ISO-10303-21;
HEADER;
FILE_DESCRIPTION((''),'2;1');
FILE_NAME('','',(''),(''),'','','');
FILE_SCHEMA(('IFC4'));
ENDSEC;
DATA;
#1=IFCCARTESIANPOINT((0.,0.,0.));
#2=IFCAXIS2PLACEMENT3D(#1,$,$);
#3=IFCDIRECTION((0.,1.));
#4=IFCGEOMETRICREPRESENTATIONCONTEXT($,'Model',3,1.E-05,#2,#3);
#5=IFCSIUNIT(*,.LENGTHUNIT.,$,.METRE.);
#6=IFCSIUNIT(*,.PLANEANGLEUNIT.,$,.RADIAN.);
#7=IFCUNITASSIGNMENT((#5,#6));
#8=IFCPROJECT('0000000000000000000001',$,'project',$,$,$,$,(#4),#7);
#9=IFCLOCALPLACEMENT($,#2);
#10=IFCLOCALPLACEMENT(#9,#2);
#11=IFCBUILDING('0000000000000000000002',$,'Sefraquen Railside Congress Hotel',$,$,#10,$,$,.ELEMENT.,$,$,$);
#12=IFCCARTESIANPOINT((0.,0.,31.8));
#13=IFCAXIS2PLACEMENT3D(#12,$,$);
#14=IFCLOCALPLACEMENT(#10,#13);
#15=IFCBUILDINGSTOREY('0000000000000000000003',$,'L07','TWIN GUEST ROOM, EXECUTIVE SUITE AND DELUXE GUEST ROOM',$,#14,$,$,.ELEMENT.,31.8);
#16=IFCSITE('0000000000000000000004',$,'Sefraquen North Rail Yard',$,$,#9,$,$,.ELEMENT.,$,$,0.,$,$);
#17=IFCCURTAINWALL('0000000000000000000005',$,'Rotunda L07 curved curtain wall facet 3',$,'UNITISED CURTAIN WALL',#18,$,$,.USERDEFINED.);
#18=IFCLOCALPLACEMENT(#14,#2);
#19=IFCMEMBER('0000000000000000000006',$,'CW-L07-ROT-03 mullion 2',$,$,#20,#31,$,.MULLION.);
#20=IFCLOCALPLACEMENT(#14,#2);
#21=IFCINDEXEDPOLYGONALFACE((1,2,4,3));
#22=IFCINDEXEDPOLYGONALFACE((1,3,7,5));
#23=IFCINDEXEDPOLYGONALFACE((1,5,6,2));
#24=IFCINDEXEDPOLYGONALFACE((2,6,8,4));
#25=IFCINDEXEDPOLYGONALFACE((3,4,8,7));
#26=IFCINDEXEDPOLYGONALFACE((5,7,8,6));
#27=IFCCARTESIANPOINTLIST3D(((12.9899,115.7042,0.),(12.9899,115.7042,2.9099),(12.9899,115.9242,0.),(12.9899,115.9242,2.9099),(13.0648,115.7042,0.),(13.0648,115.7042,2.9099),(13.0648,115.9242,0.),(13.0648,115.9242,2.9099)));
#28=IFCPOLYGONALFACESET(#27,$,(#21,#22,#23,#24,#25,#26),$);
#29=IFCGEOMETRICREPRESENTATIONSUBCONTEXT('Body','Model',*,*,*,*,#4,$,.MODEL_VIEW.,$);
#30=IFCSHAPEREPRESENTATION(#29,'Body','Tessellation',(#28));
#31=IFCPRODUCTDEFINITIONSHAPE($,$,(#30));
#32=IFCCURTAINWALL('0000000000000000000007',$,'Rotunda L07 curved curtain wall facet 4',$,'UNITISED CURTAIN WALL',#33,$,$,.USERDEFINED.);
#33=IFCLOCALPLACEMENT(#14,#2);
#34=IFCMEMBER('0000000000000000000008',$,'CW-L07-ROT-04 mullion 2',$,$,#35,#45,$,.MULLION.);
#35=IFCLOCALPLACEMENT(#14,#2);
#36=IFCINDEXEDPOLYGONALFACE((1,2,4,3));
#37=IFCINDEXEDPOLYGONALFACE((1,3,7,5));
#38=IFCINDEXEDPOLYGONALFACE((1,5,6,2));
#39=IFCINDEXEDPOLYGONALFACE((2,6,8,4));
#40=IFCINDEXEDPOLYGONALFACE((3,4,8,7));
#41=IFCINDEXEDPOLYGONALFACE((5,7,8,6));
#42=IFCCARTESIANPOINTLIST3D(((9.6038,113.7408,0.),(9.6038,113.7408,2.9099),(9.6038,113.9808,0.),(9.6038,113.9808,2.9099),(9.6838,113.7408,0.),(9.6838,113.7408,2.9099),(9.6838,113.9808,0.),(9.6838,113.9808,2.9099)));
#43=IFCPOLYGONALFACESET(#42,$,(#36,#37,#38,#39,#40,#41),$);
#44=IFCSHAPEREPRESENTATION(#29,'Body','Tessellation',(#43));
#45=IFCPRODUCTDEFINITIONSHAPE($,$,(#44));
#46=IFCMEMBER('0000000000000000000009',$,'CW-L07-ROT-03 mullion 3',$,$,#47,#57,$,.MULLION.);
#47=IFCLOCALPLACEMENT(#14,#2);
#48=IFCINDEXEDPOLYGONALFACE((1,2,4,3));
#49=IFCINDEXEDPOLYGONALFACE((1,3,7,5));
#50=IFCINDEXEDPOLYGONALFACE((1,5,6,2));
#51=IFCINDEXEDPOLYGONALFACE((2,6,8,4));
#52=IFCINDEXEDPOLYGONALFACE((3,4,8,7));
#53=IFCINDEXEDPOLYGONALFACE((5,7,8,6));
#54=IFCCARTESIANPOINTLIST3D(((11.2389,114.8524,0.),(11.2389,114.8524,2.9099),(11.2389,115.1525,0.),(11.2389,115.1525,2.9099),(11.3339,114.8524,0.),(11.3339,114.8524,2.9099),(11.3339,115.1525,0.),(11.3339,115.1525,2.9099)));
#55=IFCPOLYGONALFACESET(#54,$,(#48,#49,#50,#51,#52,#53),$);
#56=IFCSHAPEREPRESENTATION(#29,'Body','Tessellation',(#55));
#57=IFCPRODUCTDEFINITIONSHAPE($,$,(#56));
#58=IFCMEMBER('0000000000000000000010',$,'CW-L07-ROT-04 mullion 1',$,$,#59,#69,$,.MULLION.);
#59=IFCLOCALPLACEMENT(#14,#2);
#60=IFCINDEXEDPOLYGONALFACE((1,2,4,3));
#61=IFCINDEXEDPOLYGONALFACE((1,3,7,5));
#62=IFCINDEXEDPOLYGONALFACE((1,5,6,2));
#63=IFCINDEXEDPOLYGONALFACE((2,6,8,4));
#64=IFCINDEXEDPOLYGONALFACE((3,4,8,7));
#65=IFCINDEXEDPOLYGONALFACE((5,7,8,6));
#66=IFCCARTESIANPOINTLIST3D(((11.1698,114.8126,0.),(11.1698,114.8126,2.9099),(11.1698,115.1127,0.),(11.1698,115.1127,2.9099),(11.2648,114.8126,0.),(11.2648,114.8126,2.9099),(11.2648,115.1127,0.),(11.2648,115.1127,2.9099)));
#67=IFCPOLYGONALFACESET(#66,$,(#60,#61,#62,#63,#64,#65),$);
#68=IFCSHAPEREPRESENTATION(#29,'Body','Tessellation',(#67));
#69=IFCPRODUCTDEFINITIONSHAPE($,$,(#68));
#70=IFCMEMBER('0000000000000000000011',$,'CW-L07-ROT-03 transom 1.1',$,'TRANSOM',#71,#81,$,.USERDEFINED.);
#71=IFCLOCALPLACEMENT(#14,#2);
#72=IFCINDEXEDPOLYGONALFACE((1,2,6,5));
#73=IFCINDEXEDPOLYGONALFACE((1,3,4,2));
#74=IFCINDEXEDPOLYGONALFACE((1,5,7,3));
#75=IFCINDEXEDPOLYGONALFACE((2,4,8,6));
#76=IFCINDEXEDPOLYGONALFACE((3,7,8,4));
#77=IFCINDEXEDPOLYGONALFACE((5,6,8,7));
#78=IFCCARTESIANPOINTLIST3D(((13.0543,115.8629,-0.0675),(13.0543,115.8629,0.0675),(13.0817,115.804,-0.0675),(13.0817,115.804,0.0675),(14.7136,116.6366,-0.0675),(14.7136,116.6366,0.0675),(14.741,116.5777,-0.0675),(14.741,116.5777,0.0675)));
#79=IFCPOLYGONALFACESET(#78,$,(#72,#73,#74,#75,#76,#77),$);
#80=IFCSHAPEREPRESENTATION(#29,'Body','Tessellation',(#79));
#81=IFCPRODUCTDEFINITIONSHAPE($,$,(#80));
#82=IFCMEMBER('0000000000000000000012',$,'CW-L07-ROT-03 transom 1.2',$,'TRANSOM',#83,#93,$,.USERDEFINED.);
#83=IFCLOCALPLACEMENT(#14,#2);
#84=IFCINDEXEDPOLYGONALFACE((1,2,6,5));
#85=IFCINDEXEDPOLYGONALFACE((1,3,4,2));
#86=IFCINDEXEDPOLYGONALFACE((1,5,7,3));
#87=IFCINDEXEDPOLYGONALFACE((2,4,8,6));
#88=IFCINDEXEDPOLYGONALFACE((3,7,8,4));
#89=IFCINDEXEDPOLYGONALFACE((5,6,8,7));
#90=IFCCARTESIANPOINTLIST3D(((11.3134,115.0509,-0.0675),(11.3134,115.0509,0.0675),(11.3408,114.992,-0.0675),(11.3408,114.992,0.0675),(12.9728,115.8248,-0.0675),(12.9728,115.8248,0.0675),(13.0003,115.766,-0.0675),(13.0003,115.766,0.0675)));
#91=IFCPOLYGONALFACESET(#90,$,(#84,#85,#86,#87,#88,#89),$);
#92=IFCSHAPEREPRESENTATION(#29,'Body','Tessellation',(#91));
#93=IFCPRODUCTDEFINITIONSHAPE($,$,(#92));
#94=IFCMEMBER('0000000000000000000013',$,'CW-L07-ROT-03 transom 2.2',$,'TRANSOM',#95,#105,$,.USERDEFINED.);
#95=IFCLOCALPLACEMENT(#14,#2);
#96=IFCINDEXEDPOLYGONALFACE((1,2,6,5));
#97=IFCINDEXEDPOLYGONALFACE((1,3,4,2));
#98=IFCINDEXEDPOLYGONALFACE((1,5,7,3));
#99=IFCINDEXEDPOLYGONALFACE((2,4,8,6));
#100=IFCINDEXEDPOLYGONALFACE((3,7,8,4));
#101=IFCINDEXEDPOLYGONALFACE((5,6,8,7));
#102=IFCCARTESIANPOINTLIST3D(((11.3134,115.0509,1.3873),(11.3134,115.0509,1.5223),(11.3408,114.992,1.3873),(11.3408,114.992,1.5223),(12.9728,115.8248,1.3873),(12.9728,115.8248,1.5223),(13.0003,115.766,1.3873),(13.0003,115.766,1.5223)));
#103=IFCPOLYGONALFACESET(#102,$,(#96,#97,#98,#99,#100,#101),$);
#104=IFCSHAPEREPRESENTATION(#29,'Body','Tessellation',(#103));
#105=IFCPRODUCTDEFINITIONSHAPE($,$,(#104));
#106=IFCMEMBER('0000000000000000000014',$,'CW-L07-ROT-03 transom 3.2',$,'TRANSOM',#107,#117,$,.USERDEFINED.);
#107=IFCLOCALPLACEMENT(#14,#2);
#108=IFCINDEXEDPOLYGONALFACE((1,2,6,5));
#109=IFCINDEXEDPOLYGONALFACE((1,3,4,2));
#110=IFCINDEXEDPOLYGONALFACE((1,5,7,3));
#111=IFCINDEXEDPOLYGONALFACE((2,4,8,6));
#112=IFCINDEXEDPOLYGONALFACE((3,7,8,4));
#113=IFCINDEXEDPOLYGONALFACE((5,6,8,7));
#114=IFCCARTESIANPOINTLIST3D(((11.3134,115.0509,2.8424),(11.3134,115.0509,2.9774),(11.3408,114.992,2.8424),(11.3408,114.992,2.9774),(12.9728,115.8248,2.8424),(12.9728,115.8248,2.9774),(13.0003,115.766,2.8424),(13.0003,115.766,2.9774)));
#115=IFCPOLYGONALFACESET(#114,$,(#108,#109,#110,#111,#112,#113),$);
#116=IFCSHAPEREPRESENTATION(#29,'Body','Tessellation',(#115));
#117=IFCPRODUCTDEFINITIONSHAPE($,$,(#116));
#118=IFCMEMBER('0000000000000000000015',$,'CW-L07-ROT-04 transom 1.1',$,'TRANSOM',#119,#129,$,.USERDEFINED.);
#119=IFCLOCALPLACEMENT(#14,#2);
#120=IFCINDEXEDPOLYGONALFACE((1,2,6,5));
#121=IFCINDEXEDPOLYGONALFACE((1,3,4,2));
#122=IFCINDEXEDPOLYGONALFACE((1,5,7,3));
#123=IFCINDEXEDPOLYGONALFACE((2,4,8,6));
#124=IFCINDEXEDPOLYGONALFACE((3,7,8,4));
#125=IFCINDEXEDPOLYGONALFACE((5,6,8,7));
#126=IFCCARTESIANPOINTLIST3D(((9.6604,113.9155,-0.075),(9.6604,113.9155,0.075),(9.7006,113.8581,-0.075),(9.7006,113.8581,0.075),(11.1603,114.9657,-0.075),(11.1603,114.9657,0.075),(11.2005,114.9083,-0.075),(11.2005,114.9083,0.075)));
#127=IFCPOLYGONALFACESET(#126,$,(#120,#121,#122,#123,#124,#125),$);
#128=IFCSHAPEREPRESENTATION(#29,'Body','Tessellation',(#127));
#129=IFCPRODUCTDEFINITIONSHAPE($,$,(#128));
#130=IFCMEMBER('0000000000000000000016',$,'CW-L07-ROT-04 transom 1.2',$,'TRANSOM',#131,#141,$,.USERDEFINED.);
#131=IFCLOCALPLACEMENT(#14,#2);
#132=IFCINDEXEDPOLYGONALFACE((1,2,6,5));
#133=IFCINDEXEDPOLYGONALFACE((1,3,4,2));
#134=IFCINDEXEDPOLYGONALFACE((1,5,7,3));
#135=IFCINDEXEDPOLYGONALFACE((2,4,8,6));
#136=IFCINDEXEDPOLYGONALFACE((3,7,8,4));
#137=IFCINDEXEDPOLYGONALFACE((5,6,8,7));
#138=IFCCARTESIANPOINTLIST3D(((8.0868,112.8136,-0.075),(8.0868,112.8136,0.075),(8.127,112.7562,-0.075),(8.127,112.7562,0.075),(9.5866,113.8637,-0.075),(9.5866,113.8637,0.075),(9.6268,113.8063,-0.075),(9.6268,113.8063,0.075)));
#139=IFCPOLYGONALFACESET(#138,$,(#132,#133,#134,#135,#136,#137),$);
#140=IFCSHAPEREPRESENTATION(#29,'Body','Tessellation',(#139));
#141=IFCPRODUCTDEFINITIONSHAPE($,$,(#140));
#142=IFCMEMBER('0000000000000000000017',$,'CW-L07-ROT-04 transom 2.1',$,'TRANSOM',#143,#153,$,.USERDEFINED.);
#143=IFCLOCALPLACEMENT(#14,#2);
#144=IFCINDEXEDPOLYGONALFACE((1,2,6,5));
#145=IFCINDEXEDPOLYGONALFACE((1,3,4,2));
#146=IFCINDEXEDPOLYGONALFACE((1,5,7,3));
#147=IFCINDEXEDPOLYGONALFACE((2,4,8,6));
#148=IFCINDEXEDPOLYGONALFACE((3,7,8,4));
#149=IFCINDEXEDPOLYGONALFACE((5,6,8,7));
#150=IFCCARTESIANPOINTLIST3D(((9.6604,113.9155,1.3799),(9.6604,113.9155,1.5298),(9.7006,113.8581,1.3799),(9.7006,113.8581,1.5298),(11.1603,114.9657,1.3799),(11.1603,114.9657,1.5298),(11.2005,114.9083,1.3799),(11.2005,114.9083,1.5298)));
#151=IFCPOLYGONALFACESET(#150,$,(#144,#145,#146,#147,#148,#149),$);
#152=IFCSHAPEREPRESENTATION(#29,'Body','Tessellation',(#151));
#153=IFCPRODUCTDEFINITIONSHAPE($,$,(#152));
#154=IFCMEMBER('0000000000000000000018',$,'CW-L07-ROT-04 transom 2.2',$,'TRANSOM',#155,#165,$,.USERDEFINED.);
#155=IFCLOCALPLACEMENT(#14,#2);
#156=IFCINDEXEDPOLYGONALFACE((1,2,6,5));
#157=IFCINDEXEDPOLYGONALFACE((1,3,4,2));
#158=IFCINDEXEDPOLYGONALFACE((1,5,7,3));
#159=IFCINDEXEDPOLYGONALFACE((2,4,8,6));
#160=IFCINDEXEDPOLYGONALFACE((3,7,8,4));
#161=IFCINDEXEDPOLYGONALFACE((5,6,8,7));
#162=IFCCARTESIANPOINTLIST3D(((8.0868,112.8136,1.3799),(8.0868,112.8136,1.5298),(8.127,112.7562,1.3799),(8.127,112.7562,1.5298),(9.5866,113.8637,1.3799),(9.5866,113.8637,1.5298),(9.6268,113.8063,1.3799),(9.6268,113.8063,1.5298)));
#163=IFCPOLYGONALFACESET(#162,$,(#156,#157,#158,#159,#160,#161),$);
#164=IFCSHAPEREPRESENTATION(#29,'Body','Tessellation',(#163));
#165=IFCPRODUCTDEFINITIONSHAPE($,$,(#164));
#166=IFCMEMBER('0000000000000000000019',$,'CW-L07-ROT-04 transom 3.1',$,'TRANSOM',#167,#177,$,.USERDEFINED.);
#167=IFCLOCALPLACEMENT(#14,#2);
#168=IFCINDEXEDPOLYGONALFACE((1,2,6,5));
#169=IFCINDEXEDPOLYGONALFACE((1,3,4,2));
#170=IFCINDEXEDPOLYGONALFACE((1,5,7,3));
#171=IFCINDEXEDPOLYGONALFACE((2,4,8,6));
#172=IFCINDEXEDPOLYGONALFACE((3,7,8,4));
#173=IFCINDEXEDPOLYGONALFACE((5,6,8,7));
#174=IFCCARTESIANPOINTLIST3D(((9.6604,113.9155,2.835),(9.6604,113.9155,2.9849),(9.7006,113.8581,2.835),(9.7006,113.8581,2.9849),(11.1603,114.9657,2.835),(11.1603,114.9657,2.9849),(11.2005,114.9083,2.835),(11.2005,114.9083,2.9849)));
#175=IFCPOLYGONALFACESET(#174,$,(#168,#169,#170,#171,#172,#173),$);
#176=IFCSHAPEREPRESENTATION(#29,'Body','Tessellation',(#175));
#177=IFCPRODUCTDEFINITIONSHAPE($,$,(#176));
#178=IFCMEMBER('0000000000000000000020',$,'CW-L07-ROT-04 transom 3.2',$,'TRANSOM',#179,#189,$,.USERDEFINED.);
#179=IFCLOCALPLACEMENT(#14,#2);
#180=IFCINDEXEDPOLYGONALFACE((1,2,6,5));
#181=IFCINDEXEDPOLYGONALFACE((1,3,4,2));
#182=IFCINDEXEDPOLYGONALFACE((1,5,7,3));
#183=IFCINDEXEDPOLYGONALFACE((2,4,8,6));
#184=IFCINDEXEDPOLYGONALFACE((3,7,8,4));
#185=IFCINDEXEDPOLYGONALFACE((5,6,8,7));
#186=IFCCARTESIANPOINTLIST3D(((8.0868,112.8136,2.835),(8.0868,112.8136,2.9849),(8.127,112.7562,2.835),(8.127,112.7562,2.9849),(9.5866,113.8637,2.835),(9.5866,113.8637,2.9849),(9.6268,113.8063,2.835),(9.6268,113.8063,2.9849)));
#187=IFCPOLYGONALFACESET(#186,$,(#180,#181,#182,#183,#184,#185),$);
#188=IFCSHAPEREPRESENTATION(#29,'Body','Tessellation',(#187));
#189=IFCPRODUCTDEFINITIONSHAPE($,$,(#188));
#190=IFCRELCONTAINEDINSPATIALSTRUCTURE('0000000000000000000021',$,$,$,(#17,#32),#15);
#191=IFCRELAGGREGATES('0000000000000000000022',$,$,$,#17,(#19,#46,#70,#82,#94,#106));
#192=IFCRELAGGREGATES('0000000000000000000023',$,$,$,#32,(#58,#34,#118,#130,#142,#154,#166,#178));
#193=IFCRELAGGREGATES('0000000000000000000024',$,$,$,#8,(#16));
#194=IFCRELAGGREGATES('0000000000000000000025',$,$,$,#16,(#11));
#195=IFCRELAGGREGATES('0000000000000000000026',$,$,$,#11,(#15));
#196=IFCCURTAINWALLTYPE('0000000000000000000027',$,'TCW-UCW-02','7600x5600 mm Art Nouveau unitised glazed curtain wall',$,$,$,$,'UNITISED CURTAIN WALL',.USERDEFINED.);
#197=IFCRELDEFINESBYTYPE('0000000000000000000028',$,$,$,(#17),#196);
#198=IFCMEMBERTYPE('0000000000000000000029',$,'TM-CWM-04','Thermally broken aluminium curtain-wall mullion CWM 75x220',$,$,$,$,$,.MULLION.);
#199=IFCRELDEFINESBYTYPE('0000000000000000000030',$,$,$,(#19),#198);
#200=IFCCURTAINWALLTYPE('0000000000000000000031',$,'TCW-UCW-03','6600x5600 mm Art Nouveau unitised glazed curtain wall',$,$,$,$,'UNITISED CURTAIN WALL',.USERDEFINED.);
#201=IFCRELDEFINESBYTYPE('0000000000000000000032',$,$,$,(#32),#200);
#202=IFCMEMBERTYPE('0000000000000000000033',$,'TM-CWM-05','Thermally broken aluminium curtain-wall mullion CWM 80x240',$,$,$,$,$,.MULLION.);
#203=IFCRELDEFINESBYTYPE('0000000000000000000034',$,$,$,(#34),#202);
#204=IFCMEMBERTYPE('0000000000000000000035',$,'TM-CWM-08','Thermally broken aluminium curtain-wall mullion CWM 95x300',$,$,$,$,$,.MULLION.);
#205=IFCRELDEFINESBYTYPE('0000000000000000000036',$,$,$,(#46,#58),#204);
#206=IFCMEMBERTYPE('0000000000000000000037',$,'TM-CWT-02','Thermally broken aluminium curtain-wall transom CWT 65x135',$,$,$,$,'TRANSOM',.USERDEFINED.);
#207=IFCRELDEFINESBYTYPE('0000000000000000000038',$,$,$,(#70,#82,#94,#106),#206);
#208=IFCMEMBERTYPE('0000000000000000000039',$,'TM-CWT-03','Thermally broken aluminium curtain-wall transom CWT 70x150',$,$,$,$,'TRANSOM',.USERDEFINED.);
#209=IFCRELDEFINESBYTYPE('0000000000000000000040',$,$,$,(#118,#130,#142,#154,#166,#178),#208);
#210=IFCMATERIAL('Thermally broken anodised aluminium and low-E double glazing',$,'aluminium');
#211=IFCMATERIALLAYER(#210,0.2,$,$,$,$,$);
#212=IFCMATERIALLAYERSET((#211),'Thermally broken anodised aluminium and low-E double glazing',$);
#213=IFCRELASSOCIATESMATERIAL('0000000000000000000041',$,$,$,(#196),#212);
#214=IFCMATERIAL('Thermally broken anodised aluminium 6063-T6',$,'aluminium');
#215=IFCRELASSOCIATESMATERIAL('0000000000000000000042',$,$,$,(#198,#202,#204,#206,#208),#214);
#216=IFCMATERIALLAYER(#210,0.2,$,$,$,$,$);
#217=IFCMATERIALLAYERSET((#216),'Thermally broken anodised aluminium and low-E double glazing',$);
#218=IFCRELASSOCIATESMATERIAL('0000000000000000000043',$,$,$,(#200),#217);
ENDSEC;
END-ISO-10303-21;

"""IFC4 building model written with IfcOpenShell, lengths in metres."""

from ifc_helpers import new_model, si_unit, direction, frame, origin, origin_2d, place, context, subcontext, project, spatial, rectangle, extrude, material, layer, layer_set, material_profile, profile_set, type_object, element, aggregate, save


model = new_model("IFC4")

# Units and contexts
model_context = context("Model", 3, precision=1e-05, world=origin(), true_north=direction((0.0, 1.0)))
body_context = subcontext(model_context, "Body", "Model", "MODEL_VIEW")
ifc_project = project(units=[si_unit("LENGTHUNIT", "METRE"), si_unit("PLANEANGLEUNIT", "RADIAN")], contexts=[model_context])

# Site, building, storey
site_placement = place(None, origin())
site = spatial("IfcSite", under=ifc_project, at=site_placement, Name="Sefraquen North Rail Yard", CompositionType="ELEMENT", RefElevation=0.0)
building_placement = place(site_placement, origin())
building = spatial("IfcBuilding", under=site, at=building_placement, Name="Sefraquen Railside Congress Hotel", CompositionType="ELEMENT")
storey_placement = place(building_placement, frame((0.0, 0.0, 31.8)))
storey = spatial("IfcBuildingStorey", under=building, at=storey_placement, Name="L07", Description="TWIN GUEST ROOM, EXECUTIVE SUITE AND DELUXE GUEST ROOM", CompositionType="ELEMENT", Elevation=31.8)

# Curtain walls, members
ifc_material_1 = material(Name="Thermally broken anodised aluminium and low-E double glazing", Category="aluminium")
ifc_layer_1 = layer(ifc_material_1, 0.2)
ifc_layer_set_1 = layer_set([ifc_layer_1], Name="Thermally broken anodised aluminium and low-E double glazing")
curtain_wall_type_1 = type_object("IfcCurtainWallType", Name="TCW-UCW-02", Description="7600x5600 mm Art Nouveau unitised glazed curtain wall", ElementType="UNITISED CURTAIN WALL", PredefinedType="USERDEFINED", material=ifc_layer_set_1)
curtain_wall_1_placement = place(storey_placement, origin())
curtain_wall_1 = element("IfcCurtainWall", 1, at=curtain_wall_1_placement, inside=storey, type_object=curtain_wall_type_1, Name="Rotunda L07 curved curtain wall facet 3", ObjectType="UNITISED CURTAIN WALL", PredefinedType="USERDEFINED")
ifc_material_2 = material(Name="Thermally broken anodised aluminium 6063-T6", Category="aluminium")
ifc_material_profile_1 = material_profile(ifc_material_2, rectangle(XDim=0.075, YDim=0.22, at=origin_2d()), Name="CWM 75x220")
ifc_profile_set_1 = profile_set([ifc_material_profile_1], Name="Thermally broken anodised aluminium 6063-T6")
member_type_1 = type_object("IfcMemberType", Name="TM-CWM-04", Description="Thermally broken aluminium curtain-wall mullion CWM 75x220", PredefinedType="MULLION", material=ifc_profile_set_1)
member_1_placement = place(storey_placement, frame((13.0273, 115.8142, 0.0), z_axis=(0.0, 0.0, 1.0), x_axis=(1.0, 0.0, 0.0)))
member_1 = element("IfcMember", 2, at=member_1_placement, type_object=member_type_1, Name="CW-L07-ROT-03 mullion 2", PredefinedType="MULLION", context=body_context, shape_type="SweptSolid", body=[
    extrude(rectangle(XDim=0.075, YDim=0.22, at=origin_2d()), origin(), (0.0, 0.0, 1.0), 2.9099),
])
ifc_layer_2 = layer(ifc_material_1, 0.2)
ifc_layer_set_2 = layer_set([ifc_layer_2], Name="Thermally broken anodised aluminium and low-E double glazing")
curtain_wall_type_2 = type_object("IfcCurtainWallType", Name="TCW-UCW-03", Description="6600x5600 mm Art Nouveau unitised glazed curtain wall", ElementType="UNITISED CURTAIN WALL", PredefinedType="USERDEFINED", material=ifc_layer_set_2)
curtain_wall_2_placement = place(storey_placement, origin())
curtain_wall_2 = element("IfcCurtainWall", 3, at=curtain_wall_2_placement, inside=storey, type_object=curtain_wall_type_2, Name="Rotunda L07 curved curtain wall facet 4", ObjectType="UNITISED CURTAIN WALL", PredefinedType="USERDEFINED")
ifc_material_profile_2 = material_profile(ifc_material_2, rectangle(XDim=0.0801, YDim=0.24, at=origin_2d()), Name="CWM 80x240")
ifc_profile_set_2 = profile_set([ifc_material_profile_2], Name="Thermally broken anodised aluminium 6063-T6")
member_type_2 = type_object("IfcMemberType", Name="TM-CWM-05", Description="Thermally broken aluminium curtain-wall mullion CWM 80x240", PredefinedType="MULLION", material=ifc_profile_set_2)
member_2_placement = place(storey_placement, frame((9.6438, 113.8608, 0.0), z_axis=(0.0, 0.0, 1.0), x_axis=(1.0, 0.0, 0.0)))
member_2 = element("IfcMember", 4, at=member_2_placement, type_object=member_type_2, Name="CW-L07-ROT-04 mullion 2", PredefinedType="MULLION", context=body_context, shape_type="SweptSolid", body=[
    extrude(rectangle(XDim=0.0801, YDim=0.24, at=origin_2d()), origin(), (0.0, 0.0, 1.0), 2.9099),
])

# Members
ifc_material_profile_3 = material_profile(ifc_material_2, rectangle(XDim=0.095, YDim=0.3, at=origin_2d()), Name="CWM 95x300")
ifc_profile_set_3 = profile_set([ifc_material_profile_3], Name="Thermally broken anodised aluminium 6063-T6")
member_type_3 = type_object("IfcMemberType", Name="TM-CWM-08", Description="Thermally broken aluminium curtain-wall mullion CWM 95x300", PredefinedType="MULLION", material=ifc_profile_set_3)
member_3_placement = place(storey_placement, frame((11.2864, 115.0024, 0.0), z_axis=(0.0, 0.0, 1.0), x_axis=(1.0, 0.0, 0.0)))
member_3 = element("IfcMember", 5, at=member_3_placement, type_object=member_type_3, Name="CW-L07-ROT-03 mullion 3", PredefinedType="MULLION", context=body_context, shape_type="SweptSolid", body=[
    extrude(rectangle(XDim=0.095, YDim=0.3, at=origin_2d()), origin(), (0.0, 0.0, 1.0), 2.9099),
])
member_4_placement = place(storey_placement, frame((11.2173, 114.9626, 0.0), z_axis=(0.0, 0.0, 1.0), x_axis=(1.0, 0.0, 0.0)))
member_4 = element("IfcMember", 6, at=member_4_placement, type_object=member_type_3, Name="CW-L07-ROT-04 mullion 1", PredefinedType="MULLION", context=body_context, shape_type="SweptSolid", body=[
    extrude(rectangle(XDim=0.095, YDim=0.3, at=origin_2d()), origin(), (0.0, 0.0, 1.0), 2.9099),
])
ifc_material_profile_4 = material_profile(ifc_material_2, rectangle(XDim=0.0649, YDim=0.135, at=origin_2d()), Name="CWT 65x135")
ifc_profile_set_4 = profile_set([ifc_material_profile_4], Name="Thermally broken anodised aluminium 6063-T6")
member_type_4 = type_object("IfcMemberType", Name="TM-CWT-02", Description="Thermally broken aluminium curtain-wall transom CWT 65x135", ElementType="TRANSOM", PredefinedType="USERDEFINED", material=ifc_profile_set_4)
member_5_placement = place(storey_placement, frame((14.7273, 116.6072, 0.0), z_axis=(-0.906309, -0.422615, 0.0), x_axis=(0.422615, -0.906309, 0.0)))
member_5 = element("IfcMember", 7, at=member_5_placement, type_object=member_type_4, Name="CW-L07-ROT-03 transom 1.1", ObjectType="TRANSOM", PredefinedType="USERDEFINED", context=body_context, shape_type="SweptSolid", body=[
    extrude(rectangle(XDim=0.0649, YDim=0.135, at=origin_2d()), origin(), (0.0, 0.0, 1.0), 1.8308),
])
member_6_placement = place(storey_placement, frame((12.9866, 115.7954, 0.0), z_axis=(-0.906282, -0.422674, 0.0), x_axis=(0.422674, -0.906282, 0.0)))
member_6 = element("IfcMember", 8, at=member_6_placement, type_object=member_type_4, Name="CW-L07-ROT-03 transom 1.2", ObjectType="TRANSOM", PredefinedType="USERDEFINED", context=body_context, shape_type="SweptSolid", body=[
    extrude(rectangle(XDim=0.0649, YDim=0.135, at=origin_2d()), origin(), (0.0, 0.0, 1.0), 1.8311),
])
member_7_placement = place(storey_placement, frame((12.9866, 115.7954, 1.4548), z_axis=(-0.906282, -0.422674, 0.0), x_axis=(0.422674, -0.906282, 0.0)))
member_7 = element("IfcMember", 9, at=member_7_placement, type_object=member_type_4, Name="CW-L07-ROT-03 transom 2.2", ObjectType="TRANSOM", PredefinedType="USERDEFINED", context=body_context, shape_type="SweptSolid", body=[
    extrude(rectangle(XDim=0.0649, YDim=0.135, at=origin_2d()), origin(), (0.0, 0.0, 1.0), 1.8311),
])
member_8_placement = place(storey_placement, frame((12.9866, 115.7954, 2.9099), z_axis=(-0.906282, -0.422674, 0.0), x_axis=(0.422674, -0.906282, 0.0)))
member_8 = element("IfcMember", 10, at=member_8_placement, type_object=member_type_4, Name="CW-L07-ROT-03 transom 3.2", ObjectType="TRANSOM", PredefinedType="USERDEFINED", context=body_context, shape_type="SweptSolid", body=[
    extrude(rectangle(XDim=0.0649, YDim=0.135, at=origin_2d()), origin(), (0.0, 0.0, 1.0), 1.8311),
])
ifc_material_profile_5 = material_profile(ifc_material_2, rectangle(XDim=0.0701, YDim=0.1499, at=origin_2d()), Name="CWT 70x150")
ifc_profile_set_5 = profile_set([ifc_material_profile_5], Name="Thermally broken anodised aluminium 6063-T6")
member_type_5 = type_object("IfcMemberType", Name="TM-CWT-03", Description="Thermally broken aluminium curtain-wall transom CWT 70x150", ElementType="TRANSOM", PredefinedType="USERDEFINED", material=ifc_profile_set_5)
member_9_placement = place(storey_placement, frame((11.1804, 114.937, 0.0), z_axis=(-0.819157, -0.57357, 0.0), x_axis=(0.57357, -0.819157, 0.0)))
member_9 = element("IfcMember", 11, at=member_9_placement, type_object=member_type_5, Name="CW-L07-ROT-04 transom 1.1", ObjectType="TRANSOM", PredefinedType="USERDEFINED", context=body_context, shape_type="SweptSolid", body=[
    extrude(rectangle(XDim=0.0701, YDim=0.1499, at=origin_2d()), origin(), (0.0, 0.0, 1.0), 1.8311),
])
member_10_placement = place(storey_placement, frame((9.6067, 113.835, 0.0), z_axis=(-0.819176, -0.573543, 0.0), x_axis=(0.573543, -0.819176, 0.0)))
member_10 = element("IfcMember", 12, at=member_10_placement, type_object=member_type_5, Name="CW-L07-ROT-04 transom 1.2", ObjectType="TRANSOM", PredefinedType="USERDEFINED", context=body_context, shape_type="SweptSolid", body=[
    extrude(rectangle(XDim=0.0701, YDim=0.1499, at=origin_2d()), origin(), (0.0, 0.0, 1.0), 1.8308),
])
member_11_placement = place(storey_placement, frame((11.1804, 114.937, 1.4548), z_axis=(-0.819157, -0.57357, 0.0), x_axis=(0.57357, -0.819157, 0.0)))
member_11 = element("IfcMember", 13, at=member_11_placement, type_object=member_type_5, Name="CW-L07-ROT-04 transom 2.1", ObjectType="TRANSOM", PredefinedType="USERDEFINED", context=body_context, shape_type="SweptSolid", body=[
    extrude(rectangle(XDim=0.0701, YDim=0.1499, at=origin_2d()), origin(), (0.0, 0.0, 1.0), 1.8311),
])
member_12_placement = place(storey_placement, frame((9.6067, 113.835, 1.4548), z_axis=(-0.819176, -0.573543, 0.0), x_axis=(0.573543, -0.819176, 0.0)))
member_12 = element("IfcMember", 14, at=member_12_placement, type_object=member_type_5, Name="CW-L07-ROT-04 transom 2.2", ObjectType="TRANSOM", PredefinedType="USERDEFINED", context=body_context, shape_type="SweptSolid", body=[
    extrude(rectangle(XDim=0.0701, YDim=0.1499, at=origin_2d()), origin(), (0.0, 0.0, 1.0), 1.8308),
])
member_13_placement = place(storey_placement, frame((11.1804, 114.937, 2.9099), z_axis=(-0.819157, -0.57357, 0.0), x_axis=(0.57357, -0.819157, 0.0)))
member_13 = element("IfcMember", 15, at=member_13_placement, type_object=member_type_5, Name="CW-L07-ROT-04 transom 3.1", ObjectType="TRANSOM", PredefinedType="USERDEFINED", context=body_context, shape_type="SweptSolid", body=[
    extrude(rectangle(XDim=0.0701, YDim=0.1499, at=origin_2d()), origin(), (0.0, 0.0, 1.0), 1.8311),
])
member_14_placement = place(storey_placement, frame((9.6067, 113.835, 2.9099), z_axis=(-0.819176, -0.573543, 0.0), x_axis=(0.573543, -0.819176, 0.0)))
member_14 = element("IfcMember", 16, at=member_14_placement, type_object=member_type_5, Name="CW-L07-ROT-04 transom 3.2", ObjectType="TRANSOM", PredefinedType="USERDEFINED", context=body_context, shape_type="SweptSolid", body=[
    extrude(rectangle(XDim=0.0701, YDim=0.1499, at=origin_2d()), origin(), (0.0, 0.0, 1.0), 1.8308),
])

aggregate(curtain_wall_1, [member_1, member_3, member_5, member_6, member_7, member_8])
aggregate(curtain_wall_2, [member_4, member_2, member_9, member_10, member_11, member_12, member_13, member_14])

save(model, "model.ifc")
